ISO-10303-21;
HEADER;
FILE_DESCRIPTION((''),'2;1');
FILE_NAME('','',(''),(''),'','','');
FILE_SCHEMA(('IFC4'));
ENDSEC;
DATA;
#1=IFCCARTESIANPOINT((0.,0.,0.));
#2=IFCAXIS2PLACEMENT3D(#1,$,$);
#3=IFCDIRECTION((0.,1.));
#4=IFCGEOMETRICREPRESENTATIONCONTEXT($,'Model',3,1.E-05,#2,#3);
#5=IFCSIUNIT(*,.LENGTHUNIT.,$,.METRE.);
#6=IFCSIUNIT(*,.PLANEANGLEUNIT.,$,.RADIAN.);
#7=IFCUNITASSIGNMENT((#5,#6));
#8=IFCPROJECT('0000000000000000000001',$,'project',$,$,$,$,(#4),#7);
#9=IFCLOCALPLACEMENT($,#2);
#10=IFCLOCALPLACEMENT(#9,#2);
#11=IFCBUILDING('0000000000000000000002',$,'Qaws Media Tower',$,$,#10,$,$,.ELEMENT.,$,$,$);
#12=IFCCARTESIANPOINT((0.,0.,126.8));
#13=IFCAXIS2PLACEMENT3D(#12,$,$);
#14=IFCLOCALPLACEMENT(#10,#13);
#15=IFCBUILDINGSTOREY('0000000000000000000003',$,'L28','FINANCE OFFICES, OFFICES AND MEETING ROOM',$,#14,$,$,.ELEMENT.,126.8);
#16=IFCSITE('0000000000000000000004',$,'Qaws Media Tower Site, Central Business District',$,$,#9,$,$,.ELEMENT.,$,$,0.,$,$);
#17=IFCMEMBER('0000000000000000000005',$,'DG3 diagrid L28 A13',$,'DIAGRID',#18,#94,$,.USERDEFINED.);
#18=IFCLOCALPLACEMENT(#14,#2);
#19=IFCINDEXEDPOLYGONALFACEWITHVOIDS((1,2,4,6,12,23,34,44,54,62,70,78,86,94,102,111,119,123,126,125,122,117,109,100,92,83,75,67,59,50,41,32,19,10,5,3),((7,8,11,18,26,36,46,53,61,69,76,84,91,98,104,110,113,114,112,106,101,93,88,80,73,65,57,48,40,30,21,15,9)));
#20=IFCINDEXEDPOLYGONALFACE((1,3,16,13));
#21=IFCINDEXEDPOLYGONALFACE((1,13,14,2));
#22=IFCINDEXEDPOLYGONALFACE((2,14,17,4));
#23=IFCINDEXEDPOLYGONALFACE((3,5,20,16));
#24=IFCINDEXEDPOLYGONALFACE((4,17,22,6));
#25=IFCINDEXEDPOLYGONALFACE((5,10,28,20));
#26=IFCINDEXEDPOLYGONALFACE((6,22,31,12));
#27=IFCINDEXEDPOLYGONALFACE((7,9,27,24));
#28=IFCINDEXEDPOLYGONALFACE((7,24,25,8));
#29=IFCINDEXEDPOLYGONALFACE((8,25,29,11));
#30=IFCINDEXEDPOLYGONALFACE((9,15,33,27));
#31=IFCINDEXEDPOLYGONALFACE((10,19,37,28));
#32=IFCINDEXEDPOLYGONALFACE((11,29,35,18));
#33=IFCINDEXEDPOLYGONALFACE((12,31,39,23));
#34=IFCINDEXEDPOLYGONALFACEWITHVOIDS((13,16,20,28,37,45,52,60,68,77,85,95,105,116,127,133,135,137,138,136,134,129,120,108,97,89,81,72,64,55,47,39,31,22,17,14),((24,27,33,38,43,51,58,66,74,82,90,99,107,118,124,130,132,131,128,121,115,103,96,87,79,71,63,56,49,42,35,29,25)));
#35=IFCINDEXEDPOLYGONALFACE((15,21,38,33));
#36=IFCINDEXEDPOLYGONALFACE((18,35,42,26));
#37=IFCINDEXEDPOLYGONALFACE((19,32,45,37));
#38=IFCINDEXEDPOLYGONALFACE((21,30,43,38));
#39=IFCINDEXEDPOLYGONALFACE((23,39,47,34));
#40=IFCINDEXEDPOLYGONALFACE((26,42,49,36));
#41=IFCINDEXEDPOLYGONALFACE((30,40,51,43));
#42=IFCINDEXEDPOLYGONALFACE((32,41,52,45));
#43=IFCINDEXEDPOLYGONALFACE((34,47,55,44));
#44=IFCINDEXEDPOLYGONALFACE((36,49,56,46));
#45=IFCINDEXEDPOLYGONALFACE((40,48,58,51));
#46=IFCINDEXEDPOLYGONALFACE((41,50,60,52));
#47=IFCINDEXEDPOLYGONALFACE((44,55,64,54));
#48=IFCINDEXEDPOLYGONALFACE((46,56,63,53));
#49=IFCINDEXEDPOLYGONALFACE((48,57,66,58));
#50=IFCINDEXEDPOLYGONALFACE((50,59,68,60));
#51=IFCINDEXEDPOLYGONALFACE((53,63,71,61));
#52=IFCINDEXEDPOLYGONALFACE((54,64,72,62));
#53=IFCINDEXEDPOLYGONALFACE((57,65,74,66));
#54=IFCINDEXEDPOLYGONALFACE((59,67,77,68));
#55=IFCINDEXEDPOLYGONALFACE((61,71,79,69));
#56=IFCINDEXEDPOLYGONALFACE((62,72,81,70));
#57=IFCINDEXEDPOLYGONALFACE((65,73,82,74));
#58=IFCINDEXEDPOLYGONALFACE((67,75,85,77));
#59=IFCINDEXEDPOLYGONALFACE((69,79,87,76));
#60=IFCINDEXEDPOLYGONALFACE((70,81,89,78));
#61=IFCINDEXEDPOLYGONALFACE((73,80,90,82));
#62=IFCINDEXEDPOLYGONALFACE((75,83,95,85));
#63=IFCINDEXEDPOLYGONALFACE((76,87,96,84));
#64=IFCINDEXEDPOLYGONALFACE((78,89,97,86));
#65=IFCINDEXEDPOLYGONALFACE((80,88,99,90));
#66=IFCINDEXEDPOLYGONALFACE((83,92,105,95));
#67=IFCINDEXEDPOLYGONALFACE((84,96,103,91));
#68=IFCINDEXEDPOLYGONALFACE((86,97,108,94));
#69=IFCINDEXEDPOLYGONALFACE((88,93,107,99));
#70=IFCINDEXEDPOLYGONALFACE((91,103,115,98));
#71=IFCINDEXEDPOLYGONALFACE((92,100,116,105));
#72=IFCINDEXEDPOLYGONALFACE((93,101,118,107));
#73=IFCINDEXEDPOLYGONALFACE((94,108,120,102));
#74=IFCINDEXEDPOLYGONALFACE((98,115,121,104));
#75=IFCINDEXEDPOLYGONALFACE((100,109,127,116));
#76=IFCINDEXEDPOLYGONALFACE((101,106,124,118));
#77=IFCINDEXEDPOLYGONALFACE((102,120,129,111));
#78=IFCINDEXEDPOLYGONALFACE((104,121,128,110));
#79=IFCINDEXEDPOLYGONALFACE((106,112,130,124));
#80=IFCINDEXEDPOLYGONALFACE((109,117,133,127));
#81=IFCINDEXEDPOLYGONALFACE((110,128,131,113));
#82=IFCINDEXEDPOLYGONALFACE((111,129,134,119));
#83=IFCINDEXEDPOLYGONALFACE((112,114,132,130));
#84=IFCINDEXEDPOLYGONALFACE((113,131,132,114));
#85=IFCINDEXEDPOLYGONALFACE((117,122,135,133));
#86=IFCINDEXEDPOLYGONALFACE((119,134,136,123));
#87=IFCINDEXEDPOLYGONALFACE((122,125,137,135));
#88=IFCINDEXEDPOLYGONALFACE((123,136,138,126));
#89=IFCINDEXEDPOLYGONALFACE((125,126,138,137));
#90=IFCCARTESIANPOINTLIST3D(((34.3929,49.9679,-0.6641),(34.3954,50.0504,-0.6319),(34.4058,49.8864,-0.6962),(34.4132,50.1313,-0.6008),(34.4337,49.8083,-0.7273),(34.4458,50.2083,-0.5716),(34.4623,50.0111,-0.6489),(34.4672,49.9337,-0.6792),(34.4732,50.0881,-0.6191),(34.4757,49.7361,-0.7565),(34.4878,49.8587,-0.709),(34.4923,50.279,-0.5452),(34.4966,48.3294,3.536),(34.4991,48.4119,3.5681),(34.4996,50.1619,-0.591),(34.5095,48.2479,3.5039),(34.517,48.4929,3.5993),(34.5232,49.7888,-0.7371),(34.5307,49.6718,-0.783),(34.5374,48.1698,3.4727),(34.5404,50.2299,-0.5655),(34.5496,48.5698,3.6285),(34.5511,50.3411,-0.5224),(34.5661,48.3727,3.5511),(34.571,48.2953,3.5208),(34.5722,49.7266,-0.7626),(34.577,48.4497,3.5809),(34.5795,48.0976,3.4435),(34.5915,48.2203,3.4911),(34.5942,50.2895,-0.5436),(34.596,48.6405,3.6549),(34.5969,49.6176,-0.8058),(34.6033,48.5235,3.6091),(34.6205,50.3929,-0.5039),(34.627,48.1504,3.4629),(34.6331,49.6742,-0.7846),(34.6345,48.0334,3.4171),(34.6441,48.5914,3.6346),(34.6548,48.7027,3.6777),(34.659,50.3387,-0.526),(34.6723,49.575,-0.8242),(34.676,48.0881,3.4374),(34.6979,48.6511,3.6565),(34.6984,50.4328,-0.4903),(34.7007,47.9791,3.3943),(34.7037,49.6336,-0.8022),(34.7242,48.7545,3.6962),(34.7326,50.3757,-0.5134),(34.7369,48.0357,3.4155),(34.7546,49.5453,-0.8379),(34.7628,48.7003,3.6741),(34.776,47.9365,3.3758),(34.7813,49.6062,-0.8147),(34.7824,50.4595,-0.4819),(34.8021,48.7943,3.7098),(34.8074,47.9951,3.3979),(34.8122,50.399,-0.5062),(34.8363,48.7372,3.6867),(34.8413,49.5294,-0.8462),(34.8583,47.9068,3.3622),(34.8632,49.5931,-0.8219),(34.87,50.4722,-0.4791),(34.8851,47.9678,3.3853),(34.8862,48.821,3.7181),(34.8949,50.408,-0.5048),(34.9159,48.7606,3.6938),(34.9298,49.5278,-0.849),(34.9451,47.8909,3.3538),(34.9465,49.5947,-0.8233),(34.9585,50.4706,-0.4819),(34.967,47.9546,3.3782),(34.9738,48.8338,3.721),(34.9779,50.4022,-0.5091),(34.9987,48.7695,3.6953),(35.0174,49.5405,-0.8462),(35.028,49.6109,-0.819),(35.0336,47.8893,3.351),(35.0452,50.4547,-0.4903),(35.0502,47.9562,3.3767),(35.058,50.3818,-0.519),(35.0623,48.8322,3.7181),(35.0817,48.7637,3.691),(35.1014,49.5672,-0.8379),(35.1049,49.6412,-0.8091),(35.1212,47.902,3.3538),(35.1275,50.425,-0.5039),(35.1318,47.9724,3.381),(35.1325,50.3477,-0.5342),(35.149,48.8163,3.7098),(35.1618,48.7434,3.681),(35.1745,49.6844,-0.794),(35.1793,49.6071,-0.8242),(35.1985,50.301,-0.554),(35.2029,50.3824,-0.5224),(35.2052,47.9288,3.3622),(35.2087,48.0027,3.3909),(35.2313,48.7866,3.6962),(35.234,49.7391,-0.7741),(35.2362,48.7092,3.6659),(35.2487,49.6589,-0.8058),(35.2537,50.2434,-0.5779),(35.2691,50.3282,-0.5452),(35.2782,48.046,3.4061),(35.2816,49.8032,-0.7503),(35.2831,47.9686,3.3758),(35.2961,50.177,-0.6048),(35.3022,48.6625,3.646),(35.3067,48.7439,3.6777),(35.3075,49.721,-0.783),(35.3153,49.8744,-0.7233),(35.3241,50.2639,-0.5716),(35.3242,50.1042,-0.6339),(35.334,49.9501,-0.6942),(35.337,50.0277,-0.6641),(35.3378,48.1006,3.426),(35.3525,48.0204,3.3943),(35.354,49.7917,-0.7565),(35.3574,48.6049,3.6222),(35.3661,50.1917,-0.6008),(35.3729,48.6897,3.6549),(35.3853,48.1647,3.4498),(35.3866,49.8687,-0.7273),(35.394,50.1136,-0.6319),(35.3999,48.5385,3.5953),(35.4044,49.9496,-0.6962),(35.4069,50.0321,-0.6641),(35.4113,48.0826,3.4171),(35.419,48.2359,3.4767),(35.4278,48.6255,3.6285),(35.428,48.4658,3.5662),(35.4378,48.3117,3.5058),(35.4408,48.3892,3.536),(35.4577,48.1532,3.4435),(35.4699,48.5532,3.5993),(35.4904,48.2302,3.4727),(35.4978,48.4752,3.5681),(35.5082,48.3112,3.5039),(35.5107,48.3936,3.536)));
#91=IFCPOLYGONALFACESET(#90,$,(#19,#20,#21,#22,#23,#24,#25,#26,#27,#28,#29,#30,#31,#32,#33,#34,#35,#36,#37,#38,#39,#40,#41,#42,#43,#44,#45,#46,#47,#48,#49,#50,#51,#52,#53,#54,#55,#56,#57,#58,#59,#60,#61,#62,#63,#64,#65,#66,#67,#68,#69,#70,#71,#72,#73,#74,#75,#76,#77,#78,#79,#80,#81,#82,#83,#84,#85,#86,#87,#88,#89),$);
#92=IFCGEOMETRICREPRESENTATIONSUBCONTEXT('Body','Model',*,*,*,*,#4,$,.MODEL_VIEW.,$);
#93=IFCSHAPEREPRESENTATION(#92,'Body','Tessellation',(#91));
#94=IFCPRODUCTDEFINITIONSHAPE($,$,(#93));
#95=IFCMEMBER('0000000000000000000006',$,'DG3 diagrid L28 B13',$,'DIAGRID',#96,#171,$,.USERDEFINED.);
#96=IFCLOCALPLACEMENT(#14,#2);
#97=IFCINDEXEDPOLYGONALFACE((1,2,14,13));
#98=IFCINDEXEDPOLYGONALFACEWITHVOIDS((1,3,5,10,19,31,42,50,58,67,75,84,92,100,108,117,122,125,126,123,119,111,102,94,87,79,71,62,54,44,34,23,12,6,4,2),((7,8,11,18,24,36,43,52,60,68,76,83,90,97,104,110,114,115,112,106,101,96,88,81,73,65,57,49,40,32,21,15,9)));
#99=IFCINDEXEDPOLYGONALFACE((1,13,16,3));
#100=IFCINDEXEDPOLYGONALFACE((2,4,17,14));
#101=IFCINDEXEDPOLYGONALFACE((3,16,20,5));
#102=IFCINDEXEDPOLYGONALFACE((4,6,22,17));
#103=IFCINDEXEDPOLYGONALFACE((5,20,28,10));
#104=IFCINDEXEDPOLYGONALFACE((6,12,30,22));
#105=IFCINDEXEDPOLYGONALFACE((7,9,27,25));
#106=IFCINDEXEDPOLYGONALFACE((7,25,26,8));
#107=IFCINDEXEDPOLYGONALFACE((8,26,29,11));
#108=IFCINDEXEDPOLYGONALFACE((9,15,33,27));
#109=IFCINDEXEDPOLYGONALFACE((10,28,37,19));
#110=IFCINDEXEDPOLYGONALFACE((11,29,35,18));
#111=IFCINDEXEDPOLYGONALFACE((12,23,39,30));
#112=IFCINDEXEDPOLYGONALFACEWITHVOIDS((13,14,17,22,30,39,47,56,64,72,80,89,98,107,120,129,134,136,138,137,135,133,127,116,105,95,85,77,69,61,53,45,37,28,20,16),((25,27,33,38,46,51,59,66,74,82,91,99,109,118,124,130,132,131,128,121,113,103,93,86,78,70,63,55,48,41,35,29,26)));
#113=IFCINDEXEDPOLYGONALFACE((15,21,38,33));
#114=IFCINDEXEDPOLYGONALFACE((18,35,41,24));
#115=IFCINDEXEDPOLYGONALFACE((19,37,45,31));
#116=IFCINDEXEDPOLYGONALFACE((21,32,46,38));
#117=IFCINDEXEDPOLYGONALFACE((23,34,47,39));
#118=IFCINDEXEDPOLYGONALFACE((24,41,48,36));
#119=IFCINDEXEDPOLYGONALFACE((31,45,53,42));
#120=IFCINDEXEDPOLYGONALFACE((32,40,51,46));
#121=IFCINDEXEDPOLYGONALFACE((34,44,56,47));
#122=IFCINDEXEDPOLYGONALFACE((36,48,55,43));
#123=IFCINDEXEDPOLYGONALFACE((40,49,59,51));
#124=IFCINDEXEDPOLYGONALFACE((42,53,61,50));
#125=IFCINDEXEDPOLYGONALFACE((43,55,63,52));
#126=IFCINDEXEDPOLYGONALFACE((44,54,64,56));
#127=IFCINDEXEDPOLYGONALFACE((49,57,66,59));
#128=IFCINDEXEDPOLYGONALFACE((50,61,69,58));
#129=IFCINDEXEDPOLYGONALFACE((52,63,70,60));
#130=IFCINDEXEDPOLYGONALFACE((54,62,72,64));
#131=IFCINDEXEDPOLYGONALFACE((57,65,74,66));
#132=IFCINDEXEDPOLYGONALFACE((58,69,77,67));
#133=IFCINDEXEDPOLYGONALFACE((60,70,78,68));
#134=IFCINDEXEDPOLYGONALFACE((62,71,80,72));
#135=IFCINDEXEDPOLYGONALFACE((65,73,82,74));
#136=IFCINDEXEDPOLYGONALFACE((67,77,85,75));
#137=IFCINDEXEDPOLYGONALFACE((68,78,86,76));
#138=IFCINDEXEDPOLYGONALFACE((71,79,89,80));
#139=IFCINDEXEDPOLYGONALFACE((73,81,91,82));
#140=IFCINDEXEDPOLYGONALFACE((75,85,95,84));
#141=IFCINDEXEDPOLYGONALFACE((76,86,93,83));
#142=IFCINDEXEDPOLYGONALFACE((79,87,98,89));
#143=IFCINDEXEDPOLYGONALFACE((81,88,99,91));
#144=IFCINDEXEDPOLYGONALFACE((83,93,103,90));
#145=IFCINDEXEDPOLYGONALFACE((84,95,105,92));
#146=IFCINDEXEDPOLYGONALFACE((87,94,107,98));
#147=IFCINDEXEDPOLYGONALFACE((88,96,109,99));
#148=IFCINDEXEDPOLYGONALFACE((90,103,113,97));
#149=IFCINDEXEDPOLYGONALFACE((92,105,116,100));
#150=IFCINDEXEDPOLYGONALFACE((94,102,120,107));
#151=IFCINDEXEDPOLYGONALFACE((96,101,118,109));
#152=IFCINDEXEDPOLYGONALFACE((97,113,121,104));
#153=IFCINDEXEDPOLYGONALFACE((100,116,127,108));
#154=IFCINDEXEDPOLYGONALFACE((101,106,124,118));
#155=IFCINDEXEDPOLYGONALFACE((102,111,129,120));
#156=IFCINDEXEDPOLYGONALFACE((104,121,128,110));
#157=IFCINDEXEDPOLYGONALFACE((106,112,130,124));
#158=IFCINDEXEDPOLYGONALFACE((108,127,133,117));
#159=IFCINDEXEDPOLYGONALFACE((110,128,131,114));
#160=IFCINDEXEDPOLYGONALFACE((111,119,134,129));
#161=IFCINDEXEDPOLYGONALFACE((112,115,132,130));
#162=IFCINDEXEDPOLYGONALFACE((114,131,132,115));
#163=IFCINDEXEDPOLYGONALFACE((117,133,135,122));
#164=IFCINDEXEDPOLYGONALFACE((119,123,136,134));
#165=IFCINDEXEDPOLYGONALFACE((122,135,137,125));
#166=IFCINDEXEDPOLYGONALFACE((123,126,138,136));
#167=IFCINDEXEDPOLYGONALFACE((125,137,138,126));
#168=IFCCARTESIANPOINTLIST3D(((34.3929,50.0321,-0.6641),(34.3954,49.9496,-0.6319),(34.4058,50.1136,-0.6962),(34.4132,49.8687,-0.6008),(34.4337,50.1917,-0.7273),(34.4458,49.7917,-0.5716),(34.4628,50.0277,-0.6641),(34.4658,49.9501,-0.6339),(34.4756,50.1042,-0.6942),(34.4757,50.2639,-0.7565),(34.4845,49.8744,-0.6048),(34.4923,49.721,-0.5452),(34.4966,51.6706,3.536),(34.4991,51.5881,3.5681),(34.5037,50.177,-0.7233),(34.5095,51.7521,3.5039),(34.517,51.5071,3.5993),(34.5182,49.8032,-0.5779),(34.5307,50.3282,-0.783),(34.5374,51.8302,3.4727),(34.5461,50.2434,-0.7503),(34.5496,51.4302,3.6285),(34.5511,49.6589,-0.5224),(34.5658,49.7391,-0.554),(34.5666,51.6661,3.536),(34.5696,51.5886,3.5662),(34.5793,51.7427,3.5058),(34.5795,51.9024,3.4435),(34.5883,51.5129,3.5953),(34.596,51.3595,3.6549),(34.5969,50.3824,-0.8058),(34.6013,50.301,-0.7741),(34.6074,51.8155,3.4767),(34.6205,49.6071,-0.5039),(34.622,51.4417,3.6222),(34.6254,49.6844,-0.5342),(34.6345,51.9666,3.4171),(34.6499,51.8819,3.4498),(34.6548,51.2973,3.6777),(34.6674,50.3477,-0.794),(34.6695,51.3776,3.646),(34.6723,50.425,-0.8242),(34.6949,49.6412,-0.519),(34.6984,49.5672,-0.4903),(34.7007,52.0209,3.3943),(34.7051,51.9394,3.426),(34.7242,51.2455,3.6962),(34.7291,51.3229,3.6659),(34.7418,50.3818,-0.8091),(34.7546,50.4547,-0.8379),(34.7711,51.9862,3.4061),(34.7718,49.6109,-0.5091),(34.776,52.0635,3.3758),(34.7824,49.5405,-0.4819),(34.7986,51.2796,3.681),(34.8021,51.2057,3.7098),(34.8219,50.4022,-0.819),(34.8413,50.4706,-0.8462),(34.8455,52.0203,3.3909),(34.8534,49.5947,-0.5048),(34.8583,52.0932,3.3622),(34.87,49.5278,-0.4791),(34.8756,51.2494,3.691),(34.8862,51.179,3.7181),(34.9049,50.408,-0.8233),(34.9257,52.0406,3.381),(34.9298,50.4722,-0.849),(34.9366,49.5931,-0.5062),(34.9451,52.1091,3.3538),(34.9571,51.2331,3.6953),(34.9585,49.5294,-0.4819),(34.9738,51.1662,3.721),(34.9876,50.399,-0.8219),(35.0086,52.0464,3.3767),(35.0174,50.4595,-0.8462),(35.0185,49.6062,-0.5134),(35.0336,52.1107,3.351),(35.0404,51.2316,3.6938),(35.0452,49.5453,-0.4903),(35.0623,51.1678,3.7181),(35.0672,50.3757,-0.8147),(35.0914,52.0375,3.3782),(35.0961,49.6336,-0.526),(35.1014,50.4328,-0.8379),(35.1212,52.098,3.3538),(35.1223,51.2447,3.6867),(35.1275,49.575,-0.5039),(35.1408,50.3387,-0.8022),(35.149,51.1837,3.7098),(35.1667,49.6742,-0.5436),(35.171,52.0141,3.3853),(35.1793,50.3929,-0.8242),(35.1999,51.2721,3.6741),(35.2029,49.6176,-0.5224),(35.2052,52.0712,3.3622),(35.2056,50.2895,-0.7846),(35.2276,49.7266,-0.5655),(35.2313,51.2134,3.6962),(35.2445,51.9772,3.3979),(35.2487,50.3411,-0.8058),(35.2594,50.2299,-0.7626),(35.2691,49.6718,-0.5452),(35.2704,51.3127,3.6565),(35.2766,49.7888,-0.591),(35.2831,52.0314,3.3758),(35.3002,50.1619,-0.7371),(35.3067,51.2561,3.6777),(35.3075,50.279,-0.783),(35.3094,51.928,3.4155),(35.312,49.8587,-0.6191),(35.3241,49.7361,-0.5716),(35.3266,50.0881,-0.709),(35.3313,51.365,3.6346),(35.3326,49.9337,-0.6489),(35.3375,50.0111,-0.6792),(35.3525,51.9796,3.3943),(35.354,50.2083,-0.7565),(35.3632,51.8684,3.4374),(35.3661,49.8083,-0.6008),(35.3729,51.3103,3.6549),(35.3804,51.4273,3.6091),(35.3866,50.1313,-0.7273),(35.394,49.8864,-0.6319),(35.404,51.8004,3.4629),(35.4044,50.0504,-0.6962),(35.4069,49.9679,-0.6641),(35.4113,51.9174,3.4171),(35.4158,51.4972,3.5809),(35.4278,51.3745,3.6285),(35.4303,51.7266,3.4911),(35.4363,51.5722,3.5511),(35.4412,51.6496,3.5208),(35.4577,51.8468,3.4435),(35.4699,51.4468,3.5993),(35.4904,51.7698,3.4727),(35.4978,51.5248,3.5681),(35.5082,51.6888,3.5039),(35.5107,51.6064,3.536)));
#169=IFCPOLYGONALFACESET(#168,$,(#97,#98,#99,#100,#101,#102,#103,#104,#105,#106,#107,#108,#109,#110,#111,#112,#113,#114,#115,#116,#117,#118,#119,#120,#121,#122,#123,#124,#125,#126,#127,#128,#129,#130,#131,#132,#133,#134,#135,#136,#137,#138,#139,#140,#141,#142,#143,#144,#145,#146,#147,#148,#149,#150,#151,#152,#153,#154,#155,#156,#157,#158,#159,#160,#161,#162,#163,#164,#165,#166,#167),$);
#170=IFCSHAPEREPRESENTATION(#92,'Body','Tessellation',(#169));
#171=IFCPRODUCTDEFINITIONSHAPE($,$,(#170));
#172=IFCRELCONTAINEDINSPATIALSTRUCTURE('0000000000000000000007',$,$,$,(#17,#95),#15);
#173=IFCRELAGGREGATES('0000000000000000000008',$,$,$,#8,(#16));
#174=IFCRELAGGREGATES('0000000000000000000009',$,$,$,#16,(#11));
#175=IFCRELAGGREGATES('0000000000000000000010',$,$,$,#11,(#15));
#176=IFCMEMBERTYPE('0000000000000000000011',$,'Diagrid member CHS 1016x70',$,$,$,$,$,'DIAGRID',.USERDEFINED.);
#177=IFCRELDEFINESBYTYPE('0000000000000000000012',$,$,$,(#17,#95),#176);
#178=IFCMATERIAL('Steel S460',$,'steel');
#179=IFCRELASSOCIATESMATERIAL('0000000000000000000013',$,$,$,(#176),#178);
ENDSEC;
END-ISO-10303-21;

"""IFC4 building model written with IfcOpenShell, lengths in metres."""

from ifc_helpers import new_model, si_unit, direction, frame, origin, origin_2d, place, context, subcontext, project, spatial, hollow_circle, extrude, material, material_profile, profile_set, type_object, element, save


model = new_model("IFC4")

# Units and contexts
model_context = context("Model", 3, precision=1e-05, world=origin(), true_north=direction((0.0, 1.0)))
body_context = subcontext(model_context, "Body", "Model", "MODEL_VIEW")
ifc_project = project(units=[si_unit("LENGTHUNIT", "METRE"), si_unit("PLANEANGLEUNIT", "RADIAN")], contexts=[model_context])

# Site, building, storey
site_placement = place(None, origin())
site = spatial("IfcSite", under=ifc_project, at=site_placement, Name="Qaws Media Tower Site, Central Business District", CompositionType="ELEMENT", RefElevation=0.0)
building_placement = place(site_placement, origin())
building = spatial("IfcBuilding", under=site, at=building_placement, Name="Qaws Media Tower", CompositionType="ELEMENT")
storey_placement = place(building_placement, frame((0.0, 0.0, 126.8)))
storey = spatial("IfcBuildingStorey", under=building, at=storey_placement, Name="L28", Description="FINANCE OFFICES, OFFICES AND MEETING ROOM", CompositionType="ELEMENT", Elevation=126.8)

# Members
ifc_material_1 = material(Name="Steel S460", Category="steel")
ifc_material_profile_1 = material_profile(ifc_material_1, hollow_circle(Radius=0.5081, WallThickness=0.0701, at=origin_2d()), Name="CHS 1016x70")
ifc_profile_set_1 = profile_set([ifc_material_profile_1], Name="Steel S460")
member_type_1 = type_object("IfcMemberType", Name="Diagrid member CHS 1016x70", ElementType="DIAGRID", PredefinedType="USERDEFINED", material=ifc_profile_set_1)
for number, where, z_axis, x_axis, name in (
    (1, (34.8999, 50.0, -0.6641), (0.02301, -0.363335, 0.931374), (0.998001, 0.063202, 0.0), "DG3 diagrid L28 A13"),
    (2, (34.8999, 50.0, -0.6641), (0.02301, 0.363335, 0.931374), (-0.998001, 0.063202, 0.0), "DG3 diagrid L28 B13"),
):
    element("IfcMember", number, at=place(storey_placement, frame(where, z_axis=z_axis, x_axis=x_axis)), inside=storey, type_object=member_type_1, Name=name, ObjectType="DIAGRID", PredefinedType="USERDEFINED", context=body_context, shape_type="SweptSolid", body=[
        extrude(hollow_circle(Radius=0.5081, WallThickness=0.0701, at=origin_2d()), origin(), (0.0, 0.0, 1.0), 4.5095),
    ])

save(model, "model.ifc")
